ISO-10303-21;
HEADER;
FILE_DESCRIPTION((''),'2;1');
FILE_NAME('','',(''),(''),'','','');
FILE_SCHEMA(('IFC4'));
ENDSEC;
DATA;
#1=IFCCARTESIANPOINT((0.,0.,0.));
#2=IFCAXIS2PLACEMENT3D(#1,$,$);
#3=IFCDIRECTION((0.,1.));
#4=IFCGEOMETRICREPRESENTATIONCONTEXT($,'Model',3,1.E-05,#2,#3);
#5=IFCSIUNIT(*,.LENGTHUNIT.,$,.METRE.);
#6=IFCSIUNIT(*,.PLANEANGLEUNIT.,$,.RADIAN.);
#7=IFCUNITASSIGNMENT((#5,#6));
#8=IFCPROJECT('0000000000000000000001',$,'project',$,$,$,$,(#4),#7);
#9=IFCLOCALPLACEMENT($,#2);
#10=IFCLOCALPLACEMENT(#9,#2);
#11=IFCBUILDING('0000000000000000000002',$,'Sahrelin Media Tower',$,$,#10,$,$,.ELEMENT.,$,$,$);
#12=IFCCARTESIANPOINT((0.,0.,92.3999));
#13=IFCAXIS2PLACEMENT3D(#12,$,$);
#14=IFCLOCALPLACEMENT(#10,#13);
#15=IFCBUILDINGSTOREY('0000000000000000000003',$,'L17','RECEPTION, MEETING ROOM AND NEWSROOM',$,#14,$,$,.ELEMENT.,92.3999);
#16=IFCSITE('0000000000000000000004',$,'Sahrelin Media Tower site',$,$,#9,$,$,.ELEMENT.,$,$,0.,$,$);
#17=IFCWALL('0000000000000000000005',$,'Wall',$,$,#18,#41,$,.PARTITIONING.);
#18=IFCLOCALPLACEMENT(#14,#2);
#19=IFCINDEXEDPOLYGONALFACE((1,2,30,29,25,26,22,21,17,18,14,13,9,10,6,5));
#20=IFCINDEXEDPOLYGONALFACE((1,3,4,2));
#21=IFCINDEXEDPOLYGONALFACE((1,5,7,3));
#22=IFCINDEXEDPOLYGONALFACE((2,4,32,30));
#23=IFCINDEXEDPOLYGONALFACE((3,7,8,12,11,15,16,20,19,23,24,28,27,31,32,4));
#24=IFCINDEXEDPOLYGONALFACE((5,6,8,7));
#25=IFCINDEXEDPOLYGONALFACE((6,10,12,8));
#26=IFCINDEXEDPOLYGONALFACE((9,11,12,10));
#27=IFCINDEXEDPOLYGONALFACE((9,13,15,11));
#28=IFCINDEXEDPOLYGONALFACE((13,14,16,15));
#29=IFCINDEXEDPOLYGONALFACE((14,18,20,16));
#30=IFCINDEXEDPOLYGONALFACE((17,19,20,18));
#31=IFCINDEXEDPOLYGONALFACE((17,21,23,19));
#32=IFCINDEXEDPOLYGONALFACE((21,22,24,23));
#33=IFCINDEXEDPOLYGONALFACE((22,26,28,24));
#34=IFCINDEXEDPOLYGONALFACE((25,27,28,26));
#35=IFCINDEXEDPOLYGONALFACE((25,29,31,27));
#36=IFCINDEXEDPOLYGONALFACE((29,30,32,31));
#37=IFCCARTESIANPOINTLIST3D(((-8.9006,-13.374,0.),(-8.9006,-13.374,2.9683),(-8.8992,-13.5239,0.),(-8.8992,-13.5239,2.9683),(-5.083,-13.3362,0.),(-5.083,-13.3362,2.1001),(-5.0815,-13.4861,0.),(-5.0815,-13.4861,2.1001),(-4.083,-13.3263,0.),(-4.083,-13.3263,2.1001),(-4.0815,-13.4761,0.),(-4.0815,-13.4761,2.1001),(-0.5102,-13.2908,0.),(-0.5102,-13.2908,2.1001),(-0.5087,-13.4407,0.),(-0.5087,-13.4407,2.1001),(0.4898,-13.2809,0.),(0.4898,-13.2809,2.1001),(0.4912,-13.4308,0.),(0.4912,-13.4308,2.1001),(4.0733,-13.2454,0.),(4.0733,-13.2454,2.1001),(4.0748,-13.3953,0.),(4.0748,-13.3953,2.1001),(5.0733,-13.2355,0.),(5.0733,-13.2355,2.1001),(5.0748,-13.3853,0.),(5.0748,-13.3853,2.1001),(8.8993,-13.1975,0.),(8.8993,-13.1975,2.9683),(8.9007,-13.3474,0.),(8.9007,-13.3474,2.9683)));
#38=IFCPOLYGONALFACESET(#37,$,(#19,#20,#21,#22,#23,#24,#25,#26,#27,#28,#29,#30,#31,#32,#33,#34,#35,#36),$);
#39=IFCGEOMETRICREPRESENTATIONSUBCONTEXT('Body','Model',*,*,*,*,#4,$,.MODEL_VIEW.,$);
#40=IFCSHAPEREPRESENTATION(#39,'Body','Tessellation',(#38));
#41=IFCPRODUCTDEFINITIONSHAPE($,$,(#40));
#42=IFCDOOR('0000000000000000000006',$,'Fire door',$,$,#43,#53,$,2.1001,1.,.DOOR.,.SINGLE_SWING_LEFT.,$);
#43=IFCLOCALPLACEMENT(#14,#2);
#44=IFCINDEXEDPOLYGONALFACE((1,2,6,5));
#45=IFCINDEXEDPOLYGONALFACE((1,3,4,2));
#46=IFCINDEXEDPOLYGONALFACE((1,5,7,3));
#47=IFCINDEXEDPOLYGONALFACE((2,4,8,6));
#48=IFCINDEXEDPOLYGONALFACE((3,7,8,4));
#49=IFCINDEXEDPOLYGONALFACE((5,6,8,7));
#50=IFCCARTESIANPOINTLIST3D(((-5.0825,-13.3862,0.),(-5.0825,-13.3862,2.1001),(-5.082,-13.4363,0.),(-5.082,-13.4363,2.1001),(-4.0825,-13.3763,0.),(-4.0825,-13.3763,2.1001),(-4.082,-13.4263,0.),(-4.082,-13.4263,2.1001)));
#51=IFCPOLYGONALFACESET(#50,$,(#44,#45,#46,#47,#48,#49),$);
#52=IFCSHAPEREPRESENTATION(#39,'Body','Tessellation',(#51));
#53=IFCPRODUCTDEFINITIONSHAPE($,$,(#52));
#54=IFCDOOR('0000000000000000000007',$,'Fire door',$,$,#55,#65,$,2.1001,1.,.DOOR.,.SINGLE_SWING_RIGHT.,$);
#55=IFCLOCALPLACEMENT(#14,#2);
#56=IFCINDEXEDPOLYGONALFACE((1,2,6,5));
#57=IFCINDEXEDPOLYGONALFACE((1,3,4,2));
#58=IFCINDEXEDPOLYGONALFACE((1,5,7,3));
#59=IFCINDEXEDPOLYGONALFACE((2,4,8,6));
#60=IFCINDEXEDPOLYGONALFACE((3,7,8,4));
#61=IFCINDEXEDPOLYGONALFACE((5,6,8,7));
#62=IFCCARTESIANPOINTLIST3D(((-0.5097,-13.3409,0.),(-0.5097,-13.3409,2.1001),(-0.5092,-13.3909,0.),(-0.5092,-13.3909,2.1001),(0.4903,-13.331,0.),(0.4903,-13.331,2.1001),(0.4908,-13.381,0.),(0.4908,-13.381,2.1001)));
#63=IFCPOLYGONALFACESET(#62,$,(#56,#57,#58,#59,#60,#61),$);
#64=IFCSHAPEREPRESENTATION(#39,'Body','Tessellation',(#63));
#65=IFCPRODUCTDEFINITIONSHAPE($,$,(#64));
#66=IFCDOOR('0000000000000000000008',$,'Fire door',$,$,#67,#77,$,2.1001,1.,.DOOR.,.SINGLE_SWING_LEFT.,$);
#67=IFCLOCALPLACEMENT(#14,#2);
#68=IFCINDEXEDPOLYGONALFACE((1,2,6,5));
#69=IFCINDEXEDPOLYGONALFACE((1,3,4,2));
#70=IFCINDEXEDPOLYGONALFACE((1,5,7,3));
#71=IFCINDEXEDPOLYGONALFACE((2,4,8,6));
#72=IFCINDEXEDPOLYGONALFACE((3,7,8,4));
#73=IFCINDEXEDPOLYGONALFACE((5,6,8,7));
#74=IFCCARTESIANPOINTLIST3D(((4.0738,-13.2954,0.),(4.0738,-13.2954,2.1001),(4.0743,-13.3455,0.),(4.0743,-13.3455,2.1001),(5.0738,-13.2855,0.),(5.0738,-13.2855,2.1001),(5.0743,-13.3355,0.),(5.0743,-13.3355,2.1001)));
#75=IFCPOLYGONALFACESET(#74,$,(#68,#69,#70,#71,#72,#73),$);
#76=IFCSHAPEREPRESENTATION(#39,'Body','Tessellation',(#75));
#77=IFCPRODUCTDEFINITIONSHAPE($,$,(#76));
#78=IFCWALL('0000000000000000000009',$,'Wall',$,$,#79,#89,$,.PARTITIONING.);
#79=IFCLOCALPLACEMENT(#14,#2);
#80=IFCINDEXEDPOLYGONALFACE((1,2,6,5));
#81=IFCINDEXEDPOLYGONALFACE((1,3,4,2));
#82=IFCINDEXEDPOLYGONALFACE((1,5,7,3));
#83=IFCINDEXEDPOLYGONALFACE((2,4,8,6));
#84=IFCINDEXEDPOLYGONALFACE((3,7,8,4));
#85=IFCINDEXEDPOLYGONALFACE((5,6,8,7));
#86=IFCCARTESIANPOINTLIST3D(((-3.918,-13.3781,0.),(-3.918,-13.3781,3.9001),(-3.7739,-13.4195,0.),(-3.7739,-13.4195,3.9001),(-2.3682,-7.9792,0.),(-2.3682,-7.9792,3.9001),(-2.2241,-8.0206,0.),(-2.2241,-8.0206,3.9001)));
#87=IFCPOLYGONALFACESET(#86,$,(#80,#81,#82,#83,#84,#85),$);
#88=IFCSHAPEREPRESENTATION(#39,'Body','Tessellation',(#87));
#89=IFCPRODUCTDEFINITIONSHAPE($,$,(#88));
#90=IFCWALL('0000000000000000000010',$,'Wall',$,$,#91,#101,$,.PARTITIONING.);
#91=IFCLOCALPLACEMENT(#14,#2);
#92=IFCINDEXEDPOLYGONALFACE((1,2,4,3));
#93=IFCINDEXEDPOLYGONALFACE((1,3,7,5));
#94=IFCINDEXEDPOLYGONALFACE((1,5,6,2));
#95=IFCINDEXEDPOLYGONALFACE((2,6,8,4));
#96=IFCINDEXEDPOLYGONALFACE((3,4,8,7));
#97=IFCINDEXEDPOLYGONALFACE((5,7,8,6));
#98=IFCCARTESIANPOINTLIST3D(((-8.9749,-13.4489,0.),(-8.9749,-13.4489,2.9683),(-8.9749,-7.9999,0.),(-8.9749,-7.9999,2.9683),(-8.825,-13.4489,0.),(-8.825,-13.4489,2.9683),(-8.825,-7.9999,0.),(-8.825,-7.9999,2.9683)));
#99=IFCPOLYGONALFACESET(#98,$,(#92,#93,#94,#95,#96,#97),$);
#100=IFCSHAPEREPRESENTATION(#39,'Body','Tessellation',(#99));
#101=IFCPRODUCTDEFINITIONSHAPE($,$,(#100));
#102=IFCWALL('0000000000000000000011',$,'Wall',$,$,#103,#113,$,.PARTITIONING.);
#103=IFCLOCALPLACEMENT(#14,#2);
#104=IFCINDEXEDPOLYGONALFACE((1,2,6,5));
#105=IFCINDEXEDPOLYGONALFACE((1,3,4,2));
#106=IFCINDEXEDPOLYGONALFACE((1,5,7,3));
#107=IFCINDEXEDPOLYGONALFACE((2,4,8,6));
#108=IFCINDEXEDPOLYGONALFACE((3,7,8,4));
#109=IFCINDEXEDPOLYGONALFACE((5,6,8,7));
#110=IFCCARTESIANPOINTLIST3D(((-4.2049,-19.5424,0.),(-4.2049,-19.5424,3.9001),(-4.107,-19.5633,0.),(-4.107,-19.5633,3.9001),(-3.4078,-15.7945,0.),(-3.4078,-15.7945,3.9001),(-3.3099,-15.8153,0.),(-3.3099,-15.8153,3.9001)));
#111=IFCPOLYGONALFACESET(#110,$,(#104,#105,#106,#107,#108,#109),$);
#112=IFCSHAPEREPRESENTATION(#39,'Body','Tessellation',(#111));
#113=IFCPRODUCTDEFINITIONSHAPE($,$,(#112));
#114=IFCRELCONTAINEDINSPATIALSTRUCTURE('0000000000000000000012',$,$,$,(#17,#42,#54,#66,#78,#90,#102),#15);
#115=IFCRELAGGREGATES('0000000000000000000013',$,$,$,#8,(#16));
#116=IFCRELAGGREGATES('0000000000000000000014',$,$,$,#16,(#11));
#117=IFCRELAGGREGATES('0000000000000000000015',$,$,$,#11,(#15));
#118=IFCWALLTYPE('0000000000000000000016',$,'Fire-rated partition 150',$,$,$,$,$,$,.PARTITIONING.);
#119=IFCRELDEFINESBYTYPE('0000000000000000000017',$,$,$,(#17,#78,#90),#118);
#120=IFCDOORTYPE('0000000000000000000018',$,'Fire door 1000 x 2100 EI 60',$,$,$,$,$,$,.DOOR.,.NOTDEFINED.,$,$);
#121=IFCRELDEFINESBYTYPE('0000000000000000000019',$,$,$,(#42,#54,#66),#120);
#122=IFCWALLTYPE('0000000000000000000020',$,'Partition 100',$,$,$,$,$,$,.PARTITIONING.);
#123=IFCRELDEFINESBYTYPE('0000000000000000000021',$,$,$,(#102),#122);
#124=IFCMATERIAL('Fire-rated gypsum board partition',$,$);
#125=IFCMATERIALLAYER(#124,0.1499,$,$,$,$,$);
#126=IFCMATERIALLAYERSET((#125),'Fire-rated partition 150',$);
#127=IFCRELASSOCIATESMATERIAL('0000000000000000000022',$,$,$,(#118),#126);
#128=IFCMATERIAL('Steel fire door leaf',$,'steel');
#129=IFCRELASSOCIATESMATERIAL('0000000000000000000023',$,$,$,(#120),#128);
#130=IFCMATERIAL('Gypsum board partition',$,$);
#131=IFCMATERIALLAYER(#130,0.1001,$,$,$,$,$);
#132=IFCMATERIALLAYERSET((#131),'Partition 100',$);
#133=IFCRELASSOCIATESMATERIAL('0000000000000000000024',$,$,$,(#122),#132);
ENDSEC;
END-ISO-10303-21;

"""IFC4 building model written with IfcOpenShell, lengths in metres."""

from ifc_helpers import new_model, si_unit, direction, frame, frame_2d, origin, place, context, subcontext, project, spatial, rectangle, extrude, material, layer, layer_set, type_object, element, fill, save


model = new_model("IFC4")

# Units and contexts
model_context = context("Model", 3, precision=1e-05, world=origin(), true_north=direction((0.0, 1.0)))
body_context = subcontext(model_context, "Body", "Model", "MODEL_VIEW")
ifc_project = project(units=[si_unit("LENGTHUNIT", "METRE"), si_unit("PLANEANGLEUNIT", "RADIAN")], contexts=[model_context])

# Site, building, storey
site_placement = place(None, origin())
site = spatial("IfcSite", under=ifc_project, at=site_placement, Name="Sahrelin Media Tower site", CompositionType="ELEMENT", RefElevation=0.0)
building_placement = place(site_placement, origin())
building = spatial("IfcBuilding", under=site, at=building_placement, Name="Sahrelin Media Tower", CompositionType="ELEMENT")
storey_placement = place(building_placement, frame((0.0, 0.0, 92.3999)))
storey = spatial("IfcBuildingStorey", under=building, at=storey_placement, Name="L17", Description="RECEPTION, MEETING ROOM AND NEWSROOM", CompositionType="ELEMENT", Elevation=92.3999)

# Wall, openings, doors
ifc_material_1 = material(Name="Fire-rated gypsum board partition")
ifc_layer_1 = layer(ifc_material_1, 0.1499)
ifc_layer_set_1 = layer_set([ifc_layer_1], Name="Fire-rated partition 150")
wall_type_1 = type_object("IfcWallType", Name="Fire-rated partition 150", PredefinedType="PARTITIONING", material=ifc_layer_set_1)
wall_1_placement = place(storey_placement, frame((-8.8999, -13.449, 0.0), z_axis=(0.0, 0.0, 1.0), x_axis=(0.999951, 0.009916, 0.0)))
wall_1 = element("IfcWall", 1, at=wall_1_placement, inside=storey, type_object=wall_type_1, Name="Wall", PredefinedType="PARTITIONING", context=body_context, shape_type="SweptSolid", body=[
    extrude(rectangle(XDim=17.8008, YDim=0.1499, at=frame_2d((8.9004, 0.0))), origin(), (0.0, 0.0, 1.0), 2.9683),
])
opening_1_placement = place(wall_1_placement, frame((3.8179, 0.0, 0.0)))
opening_1 = element("IfcOpeningElement", 2, at=opening_1_placement, cuts=wall_1, PredefinedType="OPENING", context=body_context, shape_type="SweptSolid", body=[
    extrude(rectangle(XDim=1.0, YDim=2.1001, at=frame_2d((0.5, 1.05))), frame((0.0, 0.075, 0.0), z_axis=(0.0, -1.0, 0.0), x_axis=(1.0, 0.0, 0.0)), (0.0, 0.0, 1.0), 0.1499),
])
opening_2_placement = place(wall_1_placement, frame((8.3909, 0.0, 0.0)))
opening_2 = element("IfcOpeningElement", 3, at=opening_2_placement, cuts=wall_1, PredefinedType="OPENING", context=body_context, shape_type="SweptSolid", body=[
    extrude(rectangle(XDim=1.0, YDim=2.1001, at=frame_2d((0.5, 1.05))), frame((0.0, 0.075, 0.0), z_axis=(0.0, -1.0, 0.0), x_axis=(1.0, 0.0, 0.0)), (0.0, 0.0, 1.0), 0.1499),
])
opening_3_placement = place(wall_1_placement, frame((12.9746, 0.0, 0.0)))
opening_3 = element("IfcOpeningElement", 4, at=opening_3_placement, cuts=wall_1, PredefinedType="OPENING", context=body_context, shape_type="SweptSolid", body=[
    extrude(rectangle(XDim=1.0, YDim=2.1001, at=frame_2d((0.5, 1.05))), frame((0.0, 0.075, 0.0), z_axis=(0.0, -1.0, 0.0), x_axis=(1.0, 0.0, 0.0)), (0.0, 0.0, 1.0), 0.1499),
])
ifc_material_2 = material(Name="Steel fire door leaf", Category="steel")
door_type = type_object("IfcDoorType", Name="Fire door 1000 x 2100 EI 60", OperationType="NOTDEFINED", PredefinedType="DOOR", material=ifc_material_2)
door_1_placement = place(opening_1_placement, origin())
door_1 = element("IfcDoor", 5, at=door_1_placement, inside=storey, type_object=door_type, Name="Fire door", OperationType="SINGLE_SWING_LEFT", OverallHeight=2.1001, OverallWidth=1.0, PredefinedType="DOOR", context=body_context, shape_type="SweptSolid", body=[
    extrude(rectangle(XDim=1.0, YDim=2.1001, at=frame_2d((0.5, 1.05))), frame((0.0, 0.0249, 0.0), z_axis=(0.0, -1.0, 0.0), x_axis=(1.0, 0.0, 0.0)), (0.0, 0.0, 1.0), 0.05),
])
fill(opening_1, door_1)
door_2_placement = place(opening_2_placement, origin())
door_2 = element("IfcDoor", 6, at=door_2_placement, inside=storey, type_object=door_type, Name="Fire door", OperationType="SINGLE_SWING_RIGHT", OverallHeight=2.1001, OverallWidth=1.0, PredefinedType="DOOR", context=body_context, shape_type="SweptSolid", body=[
    extrude(rectangle(XDim=1.0, YDim=2.1001, at=frame_2d((0.5, 1.05))), frame((0.0, 0.0249, 0.0), z_axis=(0.0, -1.0, 0.0), x_axis=(1.0, 0.0, 0.0)), (0.0, 0.0, 1.0), 0.05),
])
fill(opening_2, door_2)
door_3_placement = place(opening_3_placement, origin())
door_3 = element("IfcDoor", 7, at=door_3_placement, inside=storey, type_object=door_type, Name="Fire door", OperationType="SINGLE_SWING_LEFT", OverallHeight=2.1001, OverallWidth=1.0, PredefinedType="DOOR", context=body_context, shape_type="SweptSolid", body=[
    extrude(rectangle(XDim=1.0, YDim=2.1001, at=frame_2d((0.5, 1.05))), frame((0.0, 0.0249, 0.0), z_axis=(0.0, -1.0, 0.0), x_axis=(1.0, 0.0, 0.0)), (0.0, 0.0, 1.0), 0.05),
])
fill(opening_3, door_3)

# Walls
wall_2_placement = place(storey_placement, frame((-3.8459, -13.3989, 0.0), z_axis=(0.0, 0.0, 1.0), x_axis=(0.275915, 0.961182, 0.0)))
element("IfcWall", 8, at=wall_2_placement, inside=storey, type_object=wall_type_1, Name="Wall", PredefinedType="PARTITIONING", context=body_context, shape_type="SweptSolid", body=[
    extrude(rectangle(XDim=5.6169, YDim=0.1499, at=frame_2d((2.8086, 0.0))), origin(), (0.0, 0.0, 1.0), 3.9001),
])
wall_3_placement = place(storey_placement, frame((-8.8999, -13.449, 0.0), z_axis=(0.0, 0.0, 1.0), x_axis=(0.0, 1.0, 0.0)))
element("IfcWall", 9, at=wall_3_placement, inside=storey, type_object=wall_type_1, Name="Wall", PredefinedType="PARTITIONING", context=body_context, shape_type="SweptSolid", body=[
    extrude(rectangle(XDim=5.449, YDim=0.1499, at=frame_2d((2.7246, 0.0))), origin(), (0.0, 0.0, 1.0), 2.9683),
])
ifc_material_3 = material(Name="Gypsum board partition")
ifc_layer_2 = layer(ifc_material_3, 0.1001)
ifc_layer_set_2 = layer_set([ifc_layer_2], Name="Partition 100")
wall_type_2 = type_object("IfcWallType", Name="Partition 100", PredefinedType="PARTITIONING", material=ifc_layer_set_2)
wall_4_placement = place(storey_placement, frame((-4.156, -19.553, 0.0), z_axis=(0.0, 0.0, 1.0), x_axis=(0.208023, 0.978124, 0.0)))
element("IfcWall", 10, at=wall_4_placement, inside=storey, type_object=wall_type_2, Name="Wall", PredefinedType="PARTITIONING", context=body_context, shape_type="SweptSolid", body=[
    extrude(rectangle(XDim=3.8318, YDim=0.1001, at=frame_2d((1.916, 0.0))), origin(), (0.0, 0.0, 1.0), 3.9001),
])

save(model, "model.ifc")
